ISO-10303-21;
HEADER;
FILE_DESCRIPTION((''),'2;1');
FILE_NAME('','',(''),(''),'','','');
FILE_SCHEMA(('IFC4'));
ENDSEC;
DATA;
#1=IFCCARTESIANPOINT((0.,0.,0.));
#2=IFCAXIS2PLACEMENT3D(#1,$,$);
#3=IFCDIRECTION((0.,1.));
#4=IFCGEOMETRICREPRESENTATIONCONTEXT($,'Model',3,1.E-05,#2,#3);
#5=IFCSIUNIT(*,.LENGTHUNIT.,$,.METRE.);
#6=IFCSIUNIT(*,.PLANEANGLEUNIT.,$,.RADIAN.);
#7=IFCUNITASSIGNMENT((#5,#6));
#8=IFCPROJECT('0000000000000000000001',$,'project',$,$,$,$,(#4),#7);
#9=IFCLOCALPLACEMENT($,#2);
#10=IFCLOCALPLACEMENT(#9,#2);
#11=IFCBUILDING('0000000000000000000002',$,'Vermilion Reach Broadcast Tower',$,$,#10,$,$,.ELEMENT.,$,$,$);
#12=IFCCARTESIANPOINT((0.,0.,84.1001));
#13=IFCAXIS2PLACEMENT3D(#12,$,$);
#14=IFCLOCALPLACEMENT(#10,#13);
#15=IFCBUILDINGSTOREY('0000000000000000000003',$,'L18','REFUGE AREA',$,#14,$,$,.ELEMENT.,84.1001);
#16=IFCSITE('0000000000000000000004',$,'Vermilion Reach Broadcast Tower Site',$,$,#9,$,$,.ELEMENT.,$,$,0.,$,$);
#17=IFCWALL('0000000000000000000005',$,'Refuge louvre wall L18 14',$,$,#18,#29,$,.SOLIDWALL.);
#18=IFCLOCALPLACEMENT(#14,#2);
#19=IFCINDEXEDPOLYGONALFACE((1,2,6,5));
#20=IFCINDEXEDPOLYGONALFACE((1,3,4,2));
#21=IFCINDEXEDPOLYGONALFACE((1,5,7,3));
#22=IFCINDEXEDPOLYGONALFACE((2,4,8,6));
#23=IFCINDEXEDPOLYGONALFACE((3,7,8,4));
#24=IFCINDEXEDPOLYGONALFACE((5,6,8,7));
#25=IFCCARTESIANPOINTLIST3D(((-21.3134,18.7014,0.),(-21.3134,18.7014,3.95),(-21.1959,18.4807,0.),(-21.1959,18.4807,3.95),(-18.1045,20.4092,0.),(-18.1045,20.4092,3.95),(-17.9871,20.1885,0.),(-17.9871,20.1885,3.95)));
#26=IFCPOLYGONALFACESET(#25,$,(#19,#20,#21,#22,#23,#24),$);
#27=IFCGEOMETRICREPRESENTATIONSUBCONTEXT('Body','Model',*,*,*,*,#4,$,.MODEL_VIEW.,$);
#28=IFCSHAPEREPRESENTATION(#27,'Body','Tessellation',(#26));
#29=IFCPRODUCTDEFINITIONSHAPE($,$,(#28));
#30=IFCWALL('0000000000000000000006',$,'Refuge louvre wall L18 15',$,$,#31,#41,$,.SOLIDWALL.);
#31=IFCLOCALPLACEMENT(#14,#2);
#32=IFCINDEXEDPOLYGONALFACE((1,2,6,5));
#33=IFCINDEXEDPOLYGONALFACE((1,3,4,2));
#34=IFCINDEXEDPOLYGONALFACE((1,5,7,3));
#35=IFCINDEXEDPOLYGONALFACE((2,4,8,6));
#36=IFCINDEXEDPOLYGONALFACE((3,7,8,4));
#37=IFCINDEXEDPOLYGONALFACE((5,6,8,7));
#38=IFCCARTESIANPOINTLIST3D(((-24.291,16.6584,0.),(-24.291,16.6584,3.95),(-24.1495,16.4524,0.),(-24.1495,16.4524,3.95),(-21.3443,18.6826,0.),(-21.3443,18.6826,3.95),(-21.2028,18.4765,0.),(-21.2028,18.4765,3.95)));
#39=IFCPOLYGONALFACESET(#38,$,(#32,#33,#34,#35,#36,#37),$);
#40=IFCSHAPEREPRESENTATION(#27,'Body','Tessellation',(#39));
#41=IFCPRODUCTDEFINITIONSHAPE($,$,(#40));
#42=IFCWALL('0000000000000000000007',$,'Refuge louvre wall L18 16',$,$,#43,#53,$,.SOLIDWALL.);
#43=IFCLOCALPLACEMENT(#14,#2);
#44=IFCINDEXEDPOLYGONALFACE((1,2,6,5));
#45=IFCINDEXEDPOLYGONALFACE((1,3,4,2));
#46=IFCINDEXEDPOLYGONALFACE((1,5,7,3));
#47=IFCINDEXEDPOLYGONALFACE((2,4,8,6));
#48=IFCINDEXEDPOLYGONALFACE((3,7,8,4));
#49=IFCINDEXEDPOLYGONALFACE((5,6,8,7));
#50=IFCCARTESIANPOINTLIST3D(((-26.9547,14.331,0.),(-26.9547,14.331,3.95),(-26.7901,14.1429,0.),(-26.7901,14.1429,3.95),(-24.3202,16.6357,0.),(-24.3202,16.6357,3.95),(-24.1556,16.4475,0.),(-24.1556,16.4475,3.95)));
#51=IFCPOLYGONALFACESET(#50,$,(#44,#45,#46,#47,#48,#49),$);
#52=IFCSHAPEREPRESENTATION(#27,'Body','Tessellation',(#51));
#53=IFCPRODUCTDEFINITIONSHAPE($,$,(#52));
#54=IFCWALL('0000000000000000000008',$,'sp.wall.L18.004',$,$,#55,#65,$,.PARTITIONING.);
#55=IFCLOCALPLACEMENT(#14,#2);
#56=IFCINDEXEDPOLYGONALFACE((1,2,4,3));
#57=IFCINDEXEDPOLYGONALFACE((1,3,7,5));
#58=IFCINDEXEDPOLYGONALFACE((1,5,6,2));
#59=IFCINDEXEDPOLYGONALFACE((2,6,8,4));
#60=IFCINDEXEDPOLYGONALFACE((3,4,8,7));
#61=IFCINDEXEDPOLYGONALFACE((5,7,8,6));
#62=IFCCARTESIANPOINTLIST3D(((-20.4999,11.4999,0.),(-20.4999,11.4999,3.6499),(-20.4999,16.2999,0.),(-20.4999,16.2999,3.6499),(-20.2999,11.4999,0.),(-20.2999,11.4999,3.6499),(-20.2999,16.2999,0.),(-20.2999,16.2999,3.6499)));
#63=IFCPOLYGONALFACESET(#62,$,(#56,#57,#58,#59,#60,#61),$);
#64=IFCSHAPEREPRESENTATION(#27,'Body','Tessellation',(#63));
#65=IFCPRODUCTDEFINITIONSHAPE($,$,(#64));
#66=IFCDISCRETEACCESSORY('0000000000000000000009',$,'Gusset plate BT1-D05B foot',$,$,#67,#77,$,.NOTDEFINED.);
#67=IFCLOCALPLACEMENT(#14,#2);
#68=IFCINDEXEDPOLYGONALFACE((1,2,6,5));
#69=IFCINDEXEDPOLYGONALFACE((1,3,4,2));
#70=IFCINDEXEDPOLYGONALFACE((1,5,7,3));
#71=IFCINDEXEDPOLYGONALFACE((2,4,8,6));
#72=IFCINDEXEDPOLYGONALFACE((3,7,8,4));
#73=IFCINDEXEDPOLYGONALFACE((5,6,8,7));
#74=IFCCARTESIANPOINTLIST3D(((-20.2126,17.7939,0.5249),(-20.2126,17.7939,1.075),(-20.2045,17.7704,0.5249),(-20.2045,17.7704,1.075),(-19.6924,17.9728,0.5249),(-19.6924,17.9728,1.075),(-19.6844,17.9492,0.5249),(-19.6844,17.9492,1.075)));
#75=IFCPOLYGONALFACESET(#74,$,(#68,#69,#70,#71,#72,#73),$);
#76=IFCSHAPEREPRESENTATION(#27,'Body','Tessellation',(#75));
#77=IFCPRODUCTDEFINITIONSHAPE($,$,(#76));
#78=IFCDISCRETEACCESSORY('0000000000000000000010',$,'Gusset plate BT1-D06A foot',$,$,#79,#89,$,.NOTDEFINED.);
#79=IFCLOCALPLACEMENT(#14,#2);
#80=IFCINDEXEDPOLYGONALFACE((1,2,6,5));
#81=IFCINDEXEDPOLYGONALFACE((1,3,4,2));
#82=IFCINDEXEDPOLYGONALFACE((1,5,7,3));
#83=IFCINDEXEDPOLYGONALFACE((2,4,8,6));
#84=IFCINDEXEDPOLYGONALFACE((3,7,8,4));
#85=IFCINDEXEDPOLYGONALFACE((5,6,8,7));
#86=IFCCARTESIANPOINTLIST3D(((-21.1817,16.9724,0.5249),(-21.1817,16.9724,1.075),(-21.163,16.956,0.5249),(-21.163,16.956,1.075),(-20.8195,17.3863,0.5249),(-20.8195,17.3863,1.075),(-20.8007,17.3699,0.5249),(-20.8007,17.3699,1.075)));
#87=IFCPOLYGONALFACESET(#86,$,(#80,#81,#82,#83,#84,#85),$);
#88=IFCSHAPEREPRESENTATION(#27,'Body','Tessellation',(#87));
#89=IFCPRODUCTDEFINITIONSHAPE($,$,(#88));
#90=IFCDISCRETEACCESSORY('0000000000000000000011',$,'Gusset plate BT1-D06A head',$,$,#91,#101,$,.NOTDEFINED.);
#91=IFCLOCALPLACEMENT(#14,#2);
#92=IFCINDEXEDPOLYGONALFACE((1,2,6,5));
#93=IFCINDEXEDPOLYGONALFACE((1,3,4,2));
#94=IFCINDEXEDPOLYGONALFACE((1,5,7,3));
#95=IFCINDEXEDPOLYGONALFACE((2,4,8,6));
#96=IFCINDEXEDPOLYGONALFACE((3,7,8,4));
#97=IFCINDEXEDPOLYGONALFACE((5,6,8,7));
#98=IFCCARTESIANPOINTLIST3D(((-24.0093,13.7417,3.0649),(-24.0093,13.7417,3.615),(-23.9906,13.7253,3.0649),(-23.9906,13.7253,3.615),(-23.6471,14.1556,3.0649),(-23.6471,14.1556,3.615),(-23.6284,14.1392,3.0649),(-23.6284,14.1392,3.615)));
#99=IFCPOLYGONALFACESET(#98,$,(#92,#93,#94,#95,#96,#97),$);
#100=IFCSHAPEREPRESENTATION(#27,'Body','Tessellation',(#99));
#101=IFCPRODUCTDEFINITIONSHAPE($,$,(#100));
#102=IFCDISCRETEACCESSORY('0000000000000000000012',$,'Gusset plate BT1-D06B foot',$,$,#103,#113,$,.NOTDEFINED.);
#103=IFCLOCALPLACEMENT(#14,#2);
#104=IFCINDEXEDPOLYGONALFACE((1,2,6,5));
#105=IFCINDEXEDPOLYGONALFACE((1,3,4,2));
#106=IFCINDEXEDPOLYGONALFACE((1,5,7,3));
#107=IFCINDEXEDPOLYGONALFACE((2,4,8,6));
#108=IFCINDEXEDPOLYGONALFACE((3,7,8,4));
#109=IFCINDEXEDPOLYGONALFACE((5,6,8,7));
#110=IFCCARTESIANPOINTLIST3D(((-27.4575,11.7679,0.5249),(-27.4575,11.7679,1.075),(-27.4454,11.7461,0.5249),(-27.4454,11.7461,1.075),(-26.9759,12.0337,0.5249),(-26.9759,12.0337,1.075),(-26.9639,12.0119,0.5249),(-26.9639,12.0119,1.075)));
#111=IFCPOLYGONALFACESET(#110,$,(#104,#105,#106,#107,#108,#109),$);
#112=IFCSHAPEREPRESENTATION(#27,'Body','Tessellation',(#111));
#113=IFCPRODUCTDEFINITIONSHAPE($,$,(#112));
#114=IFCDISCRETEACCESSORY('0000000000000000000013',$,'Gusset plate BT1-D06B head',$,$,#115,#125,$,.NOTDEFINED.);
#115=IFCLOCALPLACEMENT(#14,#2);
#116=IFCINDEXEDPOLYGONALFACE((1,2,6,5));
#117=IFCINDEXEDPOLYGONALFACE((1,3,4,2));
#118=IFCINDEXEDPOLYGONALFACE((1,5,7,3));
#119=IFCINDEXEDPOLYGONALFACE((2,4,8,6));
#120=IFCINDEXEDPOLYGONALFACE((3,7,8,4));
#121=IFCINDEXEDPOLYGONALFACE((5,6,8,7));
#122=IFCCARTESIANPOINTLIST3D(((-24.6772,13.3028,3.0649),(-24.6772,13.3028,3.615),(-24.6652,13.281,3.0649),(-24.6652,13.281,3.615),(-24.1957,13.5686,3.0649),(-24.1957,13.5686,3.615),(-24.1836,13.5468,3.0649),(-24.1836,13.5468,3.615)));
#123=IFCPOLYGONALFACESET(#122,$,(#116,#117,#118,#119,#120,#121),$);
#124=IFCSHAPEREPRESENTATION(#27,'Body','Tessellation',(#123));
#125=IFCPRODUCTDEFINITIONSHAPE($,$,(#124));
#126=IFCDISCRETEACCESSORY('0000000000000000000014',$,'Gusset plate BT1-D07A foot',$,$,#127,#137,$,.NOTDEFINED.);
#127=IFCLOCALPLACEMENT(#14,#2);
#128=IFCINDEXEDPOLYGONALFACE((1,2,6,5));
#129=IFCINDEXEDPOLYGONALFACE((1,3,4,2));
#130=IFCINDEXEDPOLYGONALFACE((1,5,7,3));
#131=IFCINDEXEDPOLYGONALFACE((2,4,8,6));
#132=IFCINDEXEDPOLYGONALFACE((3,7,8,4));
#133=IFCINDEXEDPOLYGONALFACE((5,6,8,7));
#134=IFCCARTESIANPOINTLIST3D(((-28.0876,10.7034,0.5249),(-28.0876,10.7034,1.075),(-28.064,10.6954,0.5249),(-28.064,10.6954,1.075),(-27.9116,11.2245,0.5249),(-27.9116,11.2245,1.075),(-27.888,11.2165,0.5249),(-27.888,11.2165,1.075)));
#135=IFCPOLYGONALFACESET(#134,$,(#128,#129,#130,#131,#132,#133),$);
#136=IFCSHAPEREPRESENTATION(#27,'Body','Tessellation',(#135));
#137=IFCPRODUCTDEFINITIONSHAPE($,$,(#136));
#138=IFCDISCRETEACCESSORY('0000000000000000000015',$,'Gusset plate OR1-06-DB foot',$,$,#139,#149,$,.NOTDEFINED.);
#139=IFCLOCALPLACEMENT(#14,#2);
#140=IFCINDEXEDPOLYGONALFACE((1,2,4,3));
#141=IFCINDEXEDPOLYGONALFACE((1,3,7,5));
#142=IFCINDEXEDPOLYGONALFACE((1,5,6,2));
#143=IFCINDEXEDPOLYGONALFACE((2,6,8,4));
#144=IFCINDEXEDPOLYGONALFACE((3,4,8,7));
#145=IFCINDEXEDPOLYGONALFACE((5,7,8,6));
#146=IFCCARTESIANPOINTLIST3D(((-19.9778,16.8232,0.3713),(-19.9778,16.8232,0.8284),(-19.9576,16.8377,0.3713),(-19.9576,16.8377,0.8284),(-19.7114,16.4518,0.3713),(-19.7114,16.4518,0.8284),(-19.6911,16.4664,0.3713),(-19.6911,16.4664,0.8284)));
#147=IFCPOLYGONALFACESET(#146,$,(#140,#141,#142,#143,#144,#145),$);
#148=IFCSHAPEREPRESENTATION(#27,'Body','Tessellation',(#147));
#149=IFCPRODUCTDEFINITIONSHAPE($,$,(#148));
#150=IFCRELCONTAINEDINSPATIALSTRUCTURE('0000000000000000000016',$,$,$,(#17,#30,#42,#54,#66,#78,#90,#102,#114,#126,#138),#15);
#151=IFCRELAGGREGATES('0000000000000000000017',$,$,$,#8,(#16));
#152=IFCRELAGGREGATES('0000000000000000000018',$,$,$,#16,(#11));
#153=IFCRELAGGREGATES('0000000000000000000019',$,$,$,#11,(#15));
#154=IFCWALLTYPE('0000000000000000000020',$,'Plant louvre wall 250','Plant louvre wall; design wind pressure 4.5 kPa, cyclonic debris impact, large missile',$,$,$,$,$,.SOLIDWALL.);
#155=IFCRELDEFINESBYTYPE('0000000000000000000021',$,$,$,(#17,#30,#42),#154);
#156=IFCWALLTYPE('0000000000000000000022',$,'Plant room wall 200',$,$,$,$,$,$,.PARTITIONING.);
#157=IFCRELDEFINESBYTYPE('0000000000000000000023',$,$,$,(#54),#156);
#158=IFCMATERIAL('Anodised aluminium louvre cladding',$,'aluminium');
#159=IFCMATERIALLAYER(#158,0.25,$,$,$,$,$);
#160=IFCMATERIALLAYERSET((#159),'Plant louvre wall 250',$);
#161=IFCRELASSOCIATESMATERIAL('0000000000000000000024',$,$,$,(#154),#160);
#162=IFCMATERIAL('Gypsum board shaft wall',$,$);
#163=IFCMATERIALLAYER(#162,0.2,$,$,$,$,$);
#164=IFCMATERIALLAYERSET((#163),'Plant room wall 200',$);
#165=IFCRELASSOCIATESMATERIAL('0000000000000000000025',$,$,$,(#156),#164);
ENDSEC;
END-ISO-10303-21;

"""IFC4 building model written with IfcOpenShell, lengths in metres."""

from ifc_helpers import new_model, si_unit, direction, frame, frame_2d, origin, origin_2d, place, context, subcontext, project, spatial, rectangle, extrude, material, layer, layer_set, type_object, element, save


model = new_model("IFC4")

# Units and contexts
model_context = context("Model", 3, precision=1e-05, world=origin(), true_north=direction((0.0, 1.0)))
body_context = subcontext(model_context, "Body", "Model", "MODEL_VIEW")
ifc_project = project(units=[si_unit("LENGTHUNIT", "METRE"), si_unit("PLANEANGLEUNIT", "RADIAN")], contexts=[model_context])

# Site, building, storey
site_placement = place(None, origin())
site = spatial("IfcSite", under=ifc_project, at=site_placement, Name="Vermilion Reach Broadcast Tower Site", CompositionType="ELEMENT", RefElevation=0.0)
building_placement = place(site_placement, origin())
building = spatial("IfcBuilding", under=site, at=building_placement, Name="Vermilion Reach Broadcast Tower", CompositionType="ELEMENT")
storey_placement = place(building_placement, frame((0.0, 0.0, 84.1001)))
storey = spatial("IfcBuildingStorey", under=building, at=storey_placement, Name="L18", Description="REFUGE AREA", CompositionType="ELEMENT", Elevation=84.1001)

# Walls
ifc_material_1 = material(Name="Anodised aluminium louvre cladding", Category="aluminium")
ifc_layer_1 = layer(ifc_material_1, 0.25)
ifc_layer_set_1 = layer_set([ifc_layer_1], Name="Plant louvre wall 250")
wall_type_1 = type_object("IfcWallType", Name="Plant louvre wall 250", Description="Plant louvre wall; design wind pressure 4.5 kPa, cyclonic debris impact, large missile", PredefinedType="SOLIDWALL", material=ifc_layer_set_1)
wall_1_placement = place(storey_placement, frame((-18.0459, 20.2988, 0.0), z_axis=(0.0, 0.0, 1.0), x_axis=(-0.88276, -0.469825, 0.0)))
element("IfcWall", 1, at=wall_1_placement, inside=storey, type_object=wall_type_1, Name="Refuge louvre wall L18 14", PredefinedType="SOLIDWALL", context=body_context, shape_type="SweptSolid", body=[
    extrude(rectangle(XDim=3.635, YDim=0.25, at=frame_2d((1.8174, 0.0))), origin(), (0.0, 0.0, 1.0), 3.95),
])
wall_2_placement = place(storey_placement, frame((-21.2734, 18.5796, 0.0), z_axis=(0.0, 0.0, 1.0), x_axis=(-0.824269, -0.566198, 0.0)))
element("IfcWall", 2, at=wall_2_placement, inside=storey, type_object=wall_type_1, Name="Refuge louvre wall L18 15", PredefinedType="SOLIDWALL", context=body_context, shape_type="SweptSolid", body=[
    extrude(rectangle(XDim=3.575, YDim=0.25, at=frame_2d((1.7876, 0.0))), origin(), (0.0, 0.0, 1.0), 3.95),
])
wall_3_placement = place(storey_placement, frame((-24.238, 16.5415, 0.0), z_axis=(0.0, 0.0, 1.0), x_axis=(-0.75265, -0.658421, 0.0)))
element("IfcWall", 3, at=wall_3_placement, inside=storey, type_object=wall_type_1, Name="Refuge louvre wall L18 16", PredefinedType="SOLIDWALL", context=body_context, shape_type="SweptSolid", body=[
    extrude(rectangle(XDim=3.5002, YDim=0.25, at=frame_2d((1.75, 0.0))), origin(), (0.0, 0.0, 1.0), 3.95),
])
ifc_material_2 = material(Name="Gypsum board shaft wall")
ifc_layer_2 = layer(ifc_material_2, 0.2)
ifc_layer_set_2 = layer_set([ifc_layer_2], Name="Plant room wall 200")
wall_type_2 = type_object("IfcWallType", Name="Plant room wall 200", PredefinedType="PARTITIONING", material=ifc_layer_set_2)
wall_4_placement = place(storey_placement, frame((-20.3999, 11.5, 0.0), z_axis=(0.0, 0.0, 1.0), x_axis=(0.0, 1.0, 0.0)))
element("IfcWall", 4, at=wall_4_placement, inside=storey, type_object=wall_type_2, Name="sp.wall.L18.004", PredefinedType="PARTITIONING", context=body_context, shape_type="SweptSolid", body=[
    extrude(rectangle(XDim=4.8, YDim=0.2, at=frame_2d((2.3999, 0.0))), origin(), (0.0, 0.0, 1.0), 3.6499),
])

# Discrete accessories
for number, where, z_axis, x_axis, name in (
    (5, (-19.9485, 17.8716, 0.5249), (0.0, 0.0, 1.0), (-0.325102, 0.945679, 0.0), "Gusset plate BT1-D05B foot"),
    (6, (-20.9912, 17.1711, 0.5249), (0.0, 0.0, 1.0), (0.752515, -0.658575, 0.0), "Gusset plate BT1-D06A foot"),
    (7, (-23.8188, 13.9404, 3.0649), (0.0, 0.0, 1.0), (0.752515, -0.658575, 0.0), "Gusset plate BT1-D06A head"),
    (8, (-27.2107, 11.8899, 0.5249), (0.0, 0.0, 1.0), (-0.483318, 0.875445, 0.0), "Gusset plate BT1-D06B foot"),
    (9, (-24.4304, 13.4248, 3.0649), (0.0, 0.0, 1.0), (-0.483318, 0.875445, 0.0), "Gusset plate BT1-D06B head"),
    (10, (-27.9878, 10.96, 0.5249), (0.0, 0.0, 1.0), (0.947384, -0.320098, 0.0), "Gusset plate BT1-D07A foot"),
):
    element("IfcDiscreteAccessory", number, at=place(storey_placement, frame(where, z_axis=z_axis, x_axis=x_axis)), inside=storey, Name=name, PredefinedType="NOTDEFINED", context=body_context, shape_type="SweptSolid", body=[
        extrude(rectangle(XDim=0.0249, YDim=0.55, at=origin_2d()), origin(), (0.0, 0.0, 1.0), 0.55),
    ])
discrete_accessory_placement = place(storey_placement, frame((-19.8345, 16.6448, 0.3713), z_axis=(0.0, 0.0, 1.0), x_axis=(-0.812521, -0.582932, 0.0)))
element("IfcDiscreteAccessory", 11, at=discrete_accessory_placement, inside=storey, Name="Gusset plate OR1-06-DB foot", PredefinedType="NOTDEFINED", context=body_context, shape_type="SweptSolid", body=[
    extrude(rectangle(XDim=0.0249, YDim=0.457, at=origin_2d()), origin(), (0.0, 0.0, 1.0), 0.457),
])

save(model, "model.ifc")
